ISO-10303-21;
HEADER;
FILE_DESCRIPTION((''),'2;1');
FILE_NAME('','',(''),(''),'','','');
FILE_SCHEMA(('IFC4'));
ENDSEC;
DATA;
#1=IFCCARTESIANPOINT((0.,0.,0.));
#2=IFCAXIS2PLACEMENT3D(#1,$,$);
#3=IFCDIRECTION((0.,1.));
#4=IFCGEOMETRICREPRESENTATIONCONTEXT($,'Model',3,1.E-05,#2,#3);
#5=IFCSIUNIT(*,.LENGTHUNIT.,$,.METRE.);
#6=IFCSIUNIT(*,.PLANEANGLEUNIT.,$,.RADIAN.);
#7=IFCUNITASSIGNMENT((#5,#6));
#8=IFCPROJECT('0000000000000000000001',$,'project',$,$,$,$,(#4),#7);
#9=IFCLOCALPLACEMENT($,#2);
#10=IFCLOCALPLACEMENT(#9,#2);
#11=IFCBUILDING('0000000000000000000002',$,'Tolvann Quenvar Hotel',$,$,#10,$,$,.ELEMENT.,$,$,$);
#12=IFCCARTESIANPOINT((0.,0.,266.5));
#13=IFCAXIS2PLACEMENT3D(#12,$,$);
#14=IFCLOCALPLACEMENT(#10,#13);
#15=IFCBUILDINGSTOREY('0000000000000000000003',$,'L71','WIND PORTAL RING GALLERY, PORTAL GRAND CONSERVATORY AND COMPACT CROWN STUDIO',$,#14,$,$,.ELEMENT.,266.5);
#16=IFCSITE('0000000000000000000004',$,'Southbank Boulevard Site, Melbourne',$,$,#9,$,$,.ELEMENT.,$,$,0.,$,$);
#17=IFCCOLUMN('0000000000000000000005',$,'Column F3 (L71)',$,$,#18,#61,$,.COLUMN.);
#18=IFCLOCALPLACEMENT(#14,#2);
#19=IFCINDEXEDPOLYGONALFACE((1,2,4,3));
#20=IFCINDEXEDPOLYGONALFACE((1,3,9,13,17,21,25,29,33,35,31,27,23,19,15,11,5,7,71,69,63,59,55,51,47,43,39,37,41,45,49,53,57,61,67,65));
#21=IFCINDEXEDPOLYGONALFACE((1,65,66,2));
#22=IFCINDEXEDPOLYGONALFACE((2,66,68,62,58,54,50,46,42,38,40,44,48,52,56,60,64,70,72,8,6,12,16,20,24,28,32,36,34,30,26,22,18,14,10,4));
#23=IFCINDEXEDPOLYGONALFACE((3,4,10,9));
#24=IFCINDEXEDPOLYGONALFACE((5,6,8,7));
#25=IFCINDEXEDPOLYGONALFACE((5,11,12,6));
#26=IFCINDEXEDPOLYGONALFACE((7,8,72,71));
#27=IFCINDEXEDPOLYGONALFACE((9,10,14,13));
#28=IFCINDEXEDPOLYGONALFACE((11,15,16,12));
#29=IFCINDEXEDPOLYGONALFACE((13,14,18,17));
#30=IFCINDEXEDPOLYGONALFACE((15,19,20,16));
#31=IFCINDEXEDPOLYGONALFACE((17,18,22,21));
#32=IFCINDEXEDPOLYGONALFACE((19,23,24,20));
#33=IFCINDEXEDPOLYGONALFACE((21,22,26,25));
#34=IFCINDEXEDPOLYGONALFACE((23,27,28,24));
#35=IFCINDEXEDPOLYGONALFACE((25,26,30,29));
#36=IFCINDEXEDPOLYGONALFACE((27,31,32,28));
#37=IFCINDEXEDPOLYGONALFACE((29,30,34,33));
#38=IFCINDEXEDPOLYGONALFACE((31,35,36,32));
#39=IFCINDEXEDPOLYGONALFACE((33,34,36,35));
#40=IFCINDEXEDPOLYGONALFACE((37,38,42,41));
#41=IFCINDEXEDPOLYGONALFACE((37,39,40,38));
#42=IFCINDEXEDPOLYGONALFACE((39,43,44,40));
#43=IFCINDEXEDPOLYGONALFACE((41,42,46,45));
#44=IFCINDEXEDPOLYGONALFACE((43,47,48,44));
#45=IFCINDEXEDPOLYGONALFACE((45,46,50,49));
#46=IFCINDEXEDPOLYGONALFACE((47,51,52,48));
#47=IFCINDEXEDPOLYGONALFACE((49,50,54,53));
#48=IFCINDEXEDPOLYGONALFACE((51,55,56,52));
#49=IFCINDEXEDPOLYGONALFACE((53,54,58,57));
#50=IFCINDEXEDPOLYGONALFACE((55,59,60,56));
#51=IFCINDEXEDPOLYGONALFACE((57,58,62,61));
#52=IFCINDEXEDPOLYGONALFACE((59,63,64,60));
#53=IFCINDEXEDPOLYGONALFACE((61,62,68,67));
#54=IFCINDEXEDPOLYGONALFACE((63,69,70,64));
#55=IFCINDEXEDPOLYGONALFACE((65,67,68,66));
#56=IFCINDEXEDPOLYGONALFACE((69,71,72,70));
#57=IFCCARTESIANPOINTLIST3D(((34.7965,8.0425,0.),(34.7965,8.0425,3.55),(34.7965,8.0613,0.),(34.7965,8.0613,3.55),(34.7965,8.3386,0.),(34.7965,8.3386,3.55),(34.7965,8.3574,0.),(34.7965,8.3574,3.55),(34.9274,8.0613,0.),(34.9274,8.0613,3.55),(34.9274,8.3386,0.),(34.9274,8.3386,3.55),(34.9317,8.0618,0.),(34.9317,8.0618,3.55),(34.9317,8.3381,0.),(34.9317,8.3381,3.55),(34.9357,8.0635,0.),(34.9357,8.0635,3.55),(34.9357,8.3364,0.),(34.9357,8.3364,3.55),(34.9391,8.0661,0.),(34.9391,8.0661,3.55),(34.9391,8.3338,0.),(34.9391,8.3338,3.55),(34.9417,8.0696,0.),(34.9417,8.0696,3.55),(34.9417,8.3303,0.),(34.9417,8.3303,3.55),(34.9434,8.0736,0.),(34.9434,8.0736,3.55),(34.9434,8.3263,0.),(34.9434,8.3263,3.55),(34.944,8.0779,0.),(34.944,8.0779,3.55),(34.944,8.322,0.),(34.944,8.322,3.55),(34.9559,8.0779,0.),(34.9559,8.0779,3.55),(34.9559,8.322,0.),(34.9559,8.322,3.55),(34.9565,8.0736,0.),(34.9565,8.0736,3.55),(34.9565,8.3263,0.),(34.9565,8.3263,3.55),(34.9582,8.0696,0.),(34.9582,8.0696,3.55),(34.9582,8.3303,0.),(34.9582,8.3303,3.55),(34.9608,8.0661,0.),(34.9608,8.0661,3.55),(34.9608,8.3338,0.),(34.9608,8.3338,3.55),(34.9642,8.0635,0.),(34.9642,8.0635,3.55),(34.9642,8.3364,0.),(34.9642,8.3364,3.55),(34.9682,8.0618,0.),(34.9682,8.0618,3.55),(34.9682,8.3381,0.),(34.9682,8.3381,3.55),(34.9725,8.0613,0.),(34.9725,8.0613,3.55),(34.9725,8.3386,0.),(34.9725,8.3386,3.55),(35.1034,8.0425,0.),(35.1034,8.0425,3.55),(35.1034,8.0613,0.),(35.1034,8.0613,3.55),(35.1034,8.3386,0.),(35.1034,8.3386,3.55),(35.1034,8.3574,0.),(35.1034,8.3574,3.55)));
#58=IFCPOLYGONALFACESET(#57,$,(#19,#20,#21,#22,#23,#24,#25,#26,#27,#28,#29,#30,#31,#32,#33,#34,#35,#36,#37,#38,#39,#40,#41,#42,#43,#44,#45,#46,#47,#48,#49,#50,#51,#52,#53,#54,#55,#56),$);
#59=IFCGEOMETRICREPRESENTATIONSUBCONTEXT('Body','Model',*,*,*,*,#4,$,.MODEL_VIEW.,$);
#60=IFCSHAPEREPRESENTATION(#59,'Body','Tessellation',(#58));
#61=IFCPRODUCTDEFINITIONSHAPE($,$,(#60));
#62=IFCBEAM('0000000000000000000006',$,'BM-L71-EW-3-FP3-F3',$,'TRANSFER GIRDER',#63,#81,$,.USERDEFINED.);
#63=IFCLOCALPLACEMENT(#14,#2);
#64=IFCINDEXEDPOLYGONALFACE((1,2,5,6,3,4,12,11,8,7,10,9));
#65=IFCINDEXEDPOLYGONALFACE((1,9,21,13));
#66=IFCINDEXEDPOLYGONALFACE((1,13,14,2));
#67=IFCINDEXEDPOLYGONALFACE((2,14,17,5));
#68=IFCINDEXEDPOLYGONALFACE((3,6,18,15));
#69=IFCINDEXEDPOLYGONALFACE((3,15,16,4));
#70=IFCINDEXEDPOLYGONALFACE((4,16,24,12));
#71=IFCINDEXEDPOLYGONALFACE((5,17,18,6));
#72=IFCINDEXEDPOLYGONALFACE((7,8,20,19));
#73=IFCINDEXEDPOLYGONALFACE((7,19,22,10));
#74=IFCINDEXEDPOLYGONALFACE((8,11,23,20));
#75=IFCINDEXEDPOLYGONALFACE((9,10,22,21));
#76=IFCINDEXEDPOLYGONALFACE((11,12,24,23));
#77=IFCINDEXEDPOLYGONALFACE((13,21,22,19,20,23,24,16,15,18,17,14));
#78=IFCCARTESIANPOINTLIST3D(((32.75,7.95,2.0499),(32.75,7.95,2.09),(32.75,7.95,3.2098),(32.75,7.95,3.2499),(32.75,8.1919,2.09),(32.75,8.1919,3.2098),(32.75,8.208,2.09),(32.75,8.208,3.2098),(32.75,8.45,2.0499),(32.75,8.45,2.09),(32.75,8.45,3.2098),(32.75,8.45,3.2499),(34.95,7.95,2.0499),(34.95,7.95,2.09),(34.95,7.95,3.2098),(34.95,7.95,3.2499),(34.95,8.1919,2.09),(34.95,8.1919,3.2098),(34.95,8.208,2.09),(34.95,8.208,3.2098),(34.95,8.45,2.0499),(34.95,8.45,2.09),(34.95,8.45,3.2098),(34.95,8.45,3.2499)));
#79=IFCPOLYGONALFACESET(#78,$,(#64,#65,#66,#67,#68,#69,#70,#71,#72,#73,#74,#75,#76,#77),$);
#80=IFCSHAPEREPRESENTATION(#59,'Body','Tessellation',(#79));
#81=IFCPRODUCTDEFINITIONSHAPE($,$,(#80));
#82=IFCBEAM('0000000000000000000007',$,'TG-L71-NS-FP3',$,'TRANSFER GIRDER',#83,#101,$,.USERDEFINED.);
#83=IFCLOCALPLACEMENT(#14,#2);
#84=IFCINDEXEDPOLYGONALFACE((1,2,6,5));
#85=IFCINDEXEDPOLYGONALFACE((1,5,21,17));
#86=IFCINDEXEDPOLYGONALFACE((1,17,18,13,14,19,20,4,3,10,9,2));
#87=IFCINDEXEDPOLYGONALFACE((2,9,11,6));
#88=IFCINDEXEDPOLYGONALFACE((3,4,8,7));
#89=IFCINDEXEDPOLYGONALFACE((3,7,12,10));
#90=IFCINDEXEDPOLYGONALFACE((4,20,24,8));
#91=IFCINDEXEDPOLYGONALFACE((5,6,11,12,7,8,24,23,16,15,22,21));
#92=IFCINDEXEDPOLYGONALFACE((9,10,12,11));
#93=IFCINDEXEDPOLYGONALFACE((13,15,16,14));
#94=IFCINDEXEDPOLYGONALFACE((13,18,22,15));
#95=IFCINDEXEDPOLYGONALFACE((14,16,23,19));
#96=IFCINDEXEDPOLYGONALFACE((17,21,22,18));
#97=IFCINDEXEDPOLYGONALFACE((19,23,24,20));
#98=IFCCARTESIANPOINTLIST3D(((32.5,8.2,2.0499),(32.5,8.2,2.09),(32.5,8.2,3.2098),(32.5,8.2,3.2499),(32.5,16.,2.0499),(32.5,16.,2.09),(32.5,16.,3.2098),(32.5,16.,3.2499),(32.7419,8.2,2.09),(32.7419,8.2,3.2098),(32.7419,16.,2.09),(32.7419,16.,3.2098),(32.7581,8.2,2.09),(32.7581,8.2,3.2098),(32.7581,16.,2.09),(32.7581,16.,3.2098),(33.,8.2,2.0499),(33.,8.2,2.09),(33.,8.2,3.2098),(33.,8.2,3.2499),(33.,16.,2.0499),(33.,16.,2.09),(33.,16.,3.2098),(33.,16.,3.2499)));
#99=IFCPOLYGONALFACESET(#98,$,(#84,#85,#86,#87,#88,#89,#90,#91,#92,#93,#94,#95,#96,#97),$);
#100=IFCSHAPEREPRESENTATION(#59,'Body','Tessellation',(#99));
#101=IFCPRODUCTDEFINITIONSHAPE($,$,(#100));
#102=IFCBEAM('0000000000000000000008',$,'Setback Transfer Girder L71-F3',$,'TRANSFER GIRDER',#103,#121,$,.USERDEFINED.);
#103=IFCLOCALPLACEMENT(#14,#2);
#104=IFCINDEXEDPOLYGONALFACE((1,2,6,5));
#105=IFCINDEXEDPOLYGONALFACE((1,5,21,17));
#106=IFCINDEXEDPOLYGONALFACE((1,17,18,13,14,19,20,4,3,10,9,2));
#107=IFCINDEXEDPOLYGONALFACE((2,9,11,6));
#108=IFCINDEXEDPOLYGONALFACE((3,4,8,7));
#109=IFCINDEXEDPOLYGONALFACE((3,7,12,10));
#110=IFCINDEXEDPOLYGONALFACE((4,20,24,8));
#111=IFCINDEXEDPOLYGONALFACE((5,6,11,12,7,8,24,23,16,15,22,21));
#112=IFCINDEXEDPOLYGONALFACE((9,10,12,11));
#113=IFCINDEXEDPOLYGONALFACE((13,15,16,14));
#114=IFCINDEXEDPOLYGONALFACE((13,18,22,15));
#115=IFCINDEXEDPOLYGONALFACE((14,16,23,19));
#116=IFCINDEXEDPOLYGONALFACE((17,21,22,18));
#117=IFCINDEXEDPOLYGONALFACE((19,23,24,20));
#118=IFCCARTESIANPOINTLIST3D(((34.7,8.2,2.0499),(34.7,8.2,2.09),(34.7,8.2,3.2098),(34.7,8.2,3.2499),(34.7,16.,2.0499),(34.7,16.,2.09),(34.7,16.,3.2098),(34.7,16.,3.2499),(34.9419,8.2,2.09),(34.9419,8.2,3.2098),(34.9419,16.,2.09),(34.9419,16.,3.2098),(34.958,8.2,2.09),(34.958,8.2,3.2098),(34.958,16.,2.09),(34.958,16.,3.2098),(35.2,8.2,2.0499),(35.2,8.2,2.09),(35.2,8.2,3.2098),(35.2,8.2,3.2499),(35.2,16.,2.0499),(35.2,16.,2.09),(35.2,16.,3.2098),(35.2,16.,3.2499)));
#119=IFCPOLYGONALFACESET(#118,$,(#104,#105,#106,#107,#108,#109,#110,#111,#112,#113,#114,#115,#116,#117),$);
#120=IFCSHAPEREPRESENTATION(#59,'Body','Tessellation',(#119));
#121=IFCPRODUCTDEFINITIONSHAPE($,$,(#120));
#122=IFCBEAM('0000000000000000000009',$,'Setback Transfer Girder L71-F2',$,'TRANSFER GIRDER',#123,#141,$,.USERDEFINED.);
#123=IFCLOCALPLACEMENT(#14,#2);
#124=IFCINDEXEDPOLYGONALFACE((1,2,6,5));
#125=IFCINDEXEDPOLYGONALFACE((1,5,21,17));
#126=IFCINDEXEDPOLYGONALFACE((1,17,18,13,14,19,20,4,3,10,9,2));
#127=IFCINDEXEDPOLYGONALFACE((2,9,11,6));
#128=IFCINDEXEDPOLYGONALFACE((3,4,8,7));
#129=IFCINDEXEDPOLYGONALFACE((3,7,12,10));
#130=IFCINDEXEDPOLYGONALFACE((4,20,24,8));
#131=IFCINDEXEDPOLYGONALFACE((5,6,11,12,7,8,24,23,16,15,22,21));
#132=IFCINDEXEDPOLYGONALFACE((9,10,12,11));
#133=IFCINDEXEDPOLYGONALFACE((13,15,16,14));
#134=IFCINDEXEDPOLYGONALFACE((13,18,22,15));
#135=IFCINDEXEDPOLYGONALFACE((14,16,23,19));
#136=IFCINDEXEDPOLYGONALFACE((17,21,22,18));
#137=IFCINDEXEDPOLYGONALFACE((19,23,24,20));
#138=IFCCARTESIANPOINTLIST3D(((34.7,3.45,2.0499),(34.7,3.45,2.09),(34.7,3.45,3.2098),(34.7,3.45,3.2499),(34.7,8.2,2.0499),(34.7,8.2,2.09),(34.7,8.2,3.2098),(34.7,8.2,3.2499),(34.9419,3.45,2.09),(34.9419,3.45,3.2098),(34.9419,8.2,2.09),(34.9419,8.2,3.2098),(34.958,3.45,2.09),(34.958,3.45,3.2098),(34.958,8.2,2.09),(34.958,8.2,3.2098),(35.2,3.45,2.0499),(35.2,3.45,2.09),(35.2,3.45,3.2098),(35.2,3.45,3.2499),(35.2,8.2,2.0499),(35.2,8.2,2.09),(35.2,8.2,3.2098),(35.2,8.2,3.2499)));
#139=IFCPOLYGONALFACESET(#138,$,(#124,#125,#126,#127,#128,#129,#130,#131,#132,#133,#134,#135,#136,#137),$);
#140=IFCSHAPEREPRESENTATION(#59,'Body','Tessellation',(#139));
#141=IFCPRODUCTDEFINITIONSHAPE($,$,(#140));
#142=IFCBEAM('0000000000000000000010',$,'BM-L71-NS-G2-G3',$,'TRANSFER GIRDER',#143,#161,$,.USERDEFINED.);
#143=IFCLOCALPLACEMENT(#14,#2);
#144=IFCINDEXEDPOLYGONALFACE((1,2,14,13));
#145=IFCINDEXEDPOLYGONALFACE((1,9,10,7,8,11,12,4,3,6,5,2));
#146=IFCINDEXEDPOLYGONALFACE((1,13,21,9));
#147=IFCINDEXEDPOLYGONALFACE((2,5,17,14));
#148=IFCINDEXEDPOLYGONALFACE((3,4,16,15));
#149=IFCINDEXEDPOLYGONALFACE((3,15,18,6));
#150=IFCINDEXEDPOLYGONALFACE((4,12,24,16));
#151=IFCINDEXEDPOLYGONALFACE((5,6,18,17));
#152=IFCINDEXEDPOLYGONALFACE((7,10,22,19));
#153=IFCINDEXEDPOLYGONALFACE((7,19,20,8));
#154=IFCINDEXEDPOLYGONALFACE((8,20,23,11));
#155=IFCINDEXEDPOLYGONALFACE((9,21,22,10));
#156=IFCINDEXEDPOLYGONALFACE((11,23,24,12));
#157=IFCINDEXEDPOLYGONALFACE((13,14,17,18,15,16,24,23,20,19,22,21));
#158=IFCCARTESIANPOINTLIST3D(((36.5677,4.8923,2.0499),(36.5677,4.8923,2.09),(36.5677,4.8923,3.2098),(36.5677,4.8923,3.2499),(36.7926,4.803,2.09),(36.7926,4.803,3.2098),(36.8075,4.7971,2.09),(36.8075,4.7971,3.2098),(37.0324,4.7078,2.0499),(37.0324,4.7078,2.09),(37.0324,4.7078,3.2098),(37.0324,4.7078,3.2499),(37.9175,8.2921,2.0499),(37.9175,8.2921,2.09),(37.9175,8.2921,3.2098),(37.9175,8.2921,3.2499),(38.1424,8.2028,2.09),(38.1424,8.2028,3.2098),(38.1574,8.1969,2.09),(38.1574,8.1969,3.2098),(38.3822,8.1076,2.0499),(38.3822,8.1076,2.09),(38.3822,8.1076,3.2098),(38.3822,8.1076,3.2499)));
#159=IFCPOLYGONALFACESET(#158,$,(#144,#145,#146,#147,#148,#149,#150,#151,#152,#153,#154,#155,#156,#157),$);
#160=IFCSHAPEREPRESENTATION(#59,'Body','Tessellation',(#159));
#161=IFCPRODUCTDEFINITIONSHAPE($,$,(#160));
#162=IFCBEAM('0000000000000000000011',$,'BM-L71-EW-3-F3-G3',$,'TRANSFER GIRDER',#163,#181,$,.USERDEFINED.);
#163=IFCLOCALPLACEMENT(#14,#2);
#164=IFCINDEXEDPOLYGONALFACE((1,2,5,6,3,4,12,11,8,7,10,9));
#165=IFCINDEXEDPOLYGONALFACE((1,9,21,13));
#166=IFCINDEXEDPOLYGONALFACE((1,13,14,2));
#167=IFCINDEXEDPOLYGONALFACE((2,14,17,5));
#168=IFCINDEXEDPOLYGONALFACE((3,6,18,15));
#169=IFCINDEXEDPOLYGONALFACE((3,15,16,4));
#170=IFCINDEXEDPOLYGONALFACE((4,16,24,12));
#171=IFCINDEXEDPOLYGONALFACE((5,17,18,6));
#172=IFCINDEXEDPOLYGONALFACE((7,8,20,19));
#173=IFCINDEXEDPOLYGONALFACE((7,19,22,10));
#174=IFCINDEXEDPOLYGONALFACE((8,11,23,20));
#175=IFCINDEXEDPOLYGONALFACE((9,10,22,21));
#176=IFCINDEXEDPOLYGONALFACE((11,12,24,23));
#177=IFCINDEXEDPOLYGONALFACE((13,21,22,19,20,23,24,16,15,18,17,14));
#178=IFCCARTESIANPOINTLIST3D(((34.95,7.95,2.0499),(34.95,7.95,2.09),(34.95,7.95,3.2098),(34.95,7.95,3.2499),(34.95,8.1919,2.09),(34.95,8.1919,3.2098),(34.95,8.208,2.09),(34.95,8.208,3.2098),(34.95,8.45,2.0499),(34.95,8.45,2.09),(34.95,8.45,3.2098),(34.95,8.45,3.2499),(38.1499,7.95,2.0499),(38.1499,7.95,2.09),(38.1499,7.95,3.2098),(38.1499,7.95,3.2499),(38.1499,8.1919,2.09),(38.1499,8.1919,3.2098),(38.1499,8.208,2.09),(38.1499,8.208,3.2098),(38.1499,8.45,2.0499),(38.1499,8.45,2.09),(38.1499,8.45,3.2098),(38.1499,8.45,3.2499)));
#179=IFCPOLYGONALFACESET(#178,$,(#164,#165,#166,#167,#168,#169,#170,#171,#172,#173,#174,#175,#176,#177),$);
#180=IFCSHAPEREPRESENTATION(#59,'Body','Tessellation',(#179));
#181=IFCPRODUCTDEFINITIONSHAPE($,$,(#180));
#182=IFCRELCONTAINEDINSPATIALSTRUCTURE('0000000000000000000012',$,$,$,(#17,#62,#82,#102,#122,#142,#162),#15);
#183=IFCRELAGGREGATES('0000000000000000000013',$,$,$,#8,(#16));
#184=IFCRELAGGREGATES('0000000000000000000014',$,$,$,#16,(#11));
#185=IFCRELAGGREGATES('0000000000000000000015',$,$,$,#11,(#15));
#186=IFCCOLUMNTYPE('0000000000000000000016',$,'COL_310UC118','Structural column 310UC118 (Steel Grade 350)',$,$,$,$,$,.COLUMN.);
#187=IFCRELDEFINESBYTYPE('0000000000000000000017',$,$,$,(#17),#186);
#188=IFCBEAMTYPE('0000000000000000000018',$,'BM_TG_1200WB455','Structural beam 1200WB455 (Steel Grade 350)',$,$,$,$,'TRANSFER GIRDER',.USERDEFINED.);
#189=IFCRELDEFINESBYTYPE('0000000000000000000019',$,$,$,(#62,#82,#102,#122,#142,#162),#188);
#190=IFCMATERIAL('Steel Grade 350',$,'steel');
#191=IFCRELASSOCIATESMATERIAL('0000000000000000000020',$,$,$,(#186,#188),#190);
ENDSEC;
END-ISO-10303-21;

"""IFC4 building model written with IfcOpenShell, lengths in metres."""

from ifc_helpers import new_model, si_unit, direction, frame, origin, origin_2d, place, context, subcontext, project, spatial, i_section, extrude, source, transform, mapped, material, material_profile, profile_set, type_object, type_shapes, element, save


model = new_model("IFC4")

# Units and contexts
model_context = context("Model", 3, precision=1e-05, world=origin(), true_north=direction((0.0, 1.0)))
body_context = subcontext(model_context, "Body", "Model", "MODEL_VIEW")
ifc_project = project(units=[si_unit("LENGTHUNIT", "METRE"), si_unit("PLANEANGLEUNIT", "RADIAN")], contexts=[model_context])

# Site, building, storey
site_placement = place(None, origin())
site = spatial("IfcSite", under=ifc_project, at=site_placement, Name="Southbank Boulevard Site, Melbourne", CompositionType="ELEMENT", RefElevation=0.0)
building_placement = place(site_placement, origin())
building = spatial("IfcBuilding", under=site, at=building_placement, Name="Tolvann Quenvar Hotel", CompositionType="ELEMENT")
storey_placement = place(building_placement, frame((0.0, 0.0, 266.5)))
storey = spatial("IfcBuildingStorey", under=building, at=storey_placement, Name="L71", Description="WIND PORTAL RING GALLERY, PORTAL GRAND CONSERVATORY AND COMPACT CROWN STUDIO", CompositionType="ELEMENT", Elevation=266.5)

# Column
ifc_material_1 = material(Name="Steel Grade 350", Category="steel")
ifc_material_profile_1 = material_profile(ifc_material_1, i_section(OverallWidth=0.3069, OverallDepth=0.3149, WebThickness=0.012, FlangeThickness=0.0188, FilletRadius=0.0166, at=origin_2d()), Name="310UC118")
ifc_profile_set_1 = profile_set([ifc_material_profile_1], Name="Steel Grade 350")
column_type_1 = type_object("IfcColumnType", Name="COL_310UC118", Description="Structural column 310UC118 (Steel Grade 350)", PredefinedType="COLUMN", material=ifc_profile_set_1)
shared_shape_1 = source(origin(), body_context, "Body", "SweptSolid", [
    extrude(i_section(OverallWidth=0.3069, OverallDepth=0.3149, WebThickness=0.012, FlangeThickness=0.0188, FilletRadius=0.0166, at=origin_2d()), origin(), (0.0, 0.0, 1.0), 3.55),
])
type_shapes(column_type_1, [shared_shape_1])
column_placement = place(storey_placement, frame((34.95, 8.2, 0.0), z_axis=(0.0, 0.0, 1.0), x_axis=(1.0, 0.0, 0.0)))
element("IfcColumn", 1, at=column_placement, inside=storey, type_object=column_type_1, Name="Column F3 (L71)", PredefinedType="COLUMN", context=body_context, shape_type="MappedRepresentation", body=[
    mapped(shared_shape_1, transform((0.0, 0.0, 0.0), x_axis=(1.0, 0.0, 0.0), y_axis=(0.0, 1.0, 0.0), z_axis=(0.0, 0.0, 1.0), scale=1.0)),
])

# Beams
ifc_material_profile_2 = material_profile(ifc_material_1, i_section(OverallWidth=0.5, OverallDepth=1.2, WebThickness=0.0161, FlangeThickness=0.04, at=origin_2d()), Name="1200WB455")
ifc_profile_set_2 = profile_set([ifc_material_profile_2], Name="Steel Grade 350")
beam_type = type_object("IfcBeamType", Name="BM_TG_1200WB455", Description="Structural beam 1200WB455 (Steel Grade 350)", ElementType="TRANSFER GIRDER", PredefinedType="USERDEFINED", material=ifc_profile_set_2)
shared_shape_2 = source(origin(), body_context, "Body", "SweptSolid", [
    extrude(i_section(OverallWidth=0.5, OverallDepth=1.2, WebThickness=0.0161, FlangeThickness=0.04, at=origin_2d()), origin(), (0.0, 0.0, 1.0), 2.2),
])
beam_1_placement = place(storey_placement, frame((32.75, 8.2, 2.6499), z_axis=(1.0, 0.0, 0.0), x_axis=(0.0, 1.0, 0.0)))
element("IfcBeam", 2, at=beam_1_placement, inside=storey, type_object=beam_type, Name="BM-L71-EW-3-FP3-F3", ObjectType="TRANSFER GIRDER", PredefinedType="USERDEFINED", context=body_context, shape_type="MappedRepresentation", body=[
    mapped(shared_shape_2, transform((0.0, 0.0, 0.0), x_axis=(1.0, 0.0, 0.0), y_axis=(0.0, 1.0, 0.0), z_axis=(0.0, 0.0, 1.0), scale=1.0)),
])
shared_shape_3 = source(origin(), body_context, "Body", "SweptSolid", [
    extrude(i_section(OverallWidth=0.5, OverallDepth=1.2, WebThickness=0.0161, FlangeThickness=0.04, at=origin_2d()), origin(), (0.0, 0.0, 1.0), 7.8),
])
for number, where, z_axis, x_axis, name in (
    (3, (32.75, 8.2, 2.6499), (0.0, 1.0, 0.0), (-1.0, 0.0, 0.0), "TG-L71-NS-FP3"),
    (4, (34.95, 8.2, 2.6499), (0.0, 1.0, 0.0), (-1.0, 0.0, 0.0), "Setback Transfer Girder L71-F3"),
):
    element("IfcBeam", number, at=place(storey_placement, frame(where, z_axis=z_axis, x_axis=x_axis)), inside=storey, type_object=beam_type, Name=name, ObjectType="TRANSFER GIRDER", PredefinedType="USERDEFINED", context=body_context, shape_type="MappedRepresentation", body=[
        mapped(shared_shape_3, transform((0.0, 0.0, 0.0), x_axis=(1.0, 0.0, 0.0), y_axis=(0.0, 1.0, 0.0), z_axis=(0.0, 0.0, 1.0), scale=1.0)),
    ])
shared_shape_4 = source(origin(), body_context, "Body", "SweptSolid", [
    extrude(i_section(OverallWidth=0.5, OverallDepth=1.2, WebThickness=0.0161, FlangeThickness=0.04, at=origin_2d()), origin(), (0.0, 0.0, 1.0), 4.75),
])
beam_2_placement = place(storey_placement, frame((34.95, 3.45, 2.6499), z_axis=(0.0, 1.0, 0.0), x_axis=(-1.0, 0.0, 0.0)))
element("IfcBeam", 5, at=beam_2_placement, inside=storey, type_object=beam_type, Name="Setback Transfer Girder L71-F2", ObjectType="TRANSFER GIRDER", PredefinedType="USERDEFINED", context=body_context, shape_type="MappedRepresentation", body=[
    mapped(shared_shape_4, transform((0.0, 0.0, 0.0), x_axis=(1.0, 0.0, 0.0), y_axis=(0.0, 1.0, 0.0), z_axis=(0.0, 0.0, 1.0), scale=1.0)),
])
shared_shape_5 = source(origin(), body_context, "Body", "SweptSolid", [
    extrude(i_section(OverallWidth=0.5, OverallDepth=1.2, WebThickness=0.0161, FlangeThickness=0.04, at=origin_2d()), origin(), (0.0, 0.0, 1.0), 3.658),
])
beam_3_placement = place(storey_placement, frame((36.8, 4.8, 2.6499), z_axis=(0.369008, 0.929426, 0.0), x_axis=(-0.929426, 0.369008, 0.0)))
element("IfcBeam", 6, at=beam_3_placement, inside=storey, type_object=beam_type, Name="BM-L71-NS-G2-G3", ObjectType="TRANSFER GIRDER", PredefinedType="USERDEFINED", context=body_context, shape_type="MappedRepresentation", body=[
    mapped(shared_shape_5, transform((0.0, 0.0, 0.0), x_axis=(1.0, 0.0, 0.0), y_axis=(0.0, 1.0, 0.0), z_axis=(0.0, 0.0, 1.0), scale=1.0)),
])
shared_shape_6 = source(origin(), body_context, "Body", "SweptSolid", [
    extrude(i_section(OverallWidth=0.5, OverallDepth=1.2, WebThickness=0.0161, FlangeThickness=0.04, at=origin_2d()), origin(), (0.0, 0.0, 1.0), 3.2),
])
beam_4_placement = place(storey_placement, frame((34.95, 8.2, 2.6499), z_axis=(1.0, 0.0, 0.0), x_axis=(0.0, 1.0, 0.0)))
element("IfcBeam", 7, at=beam_4_placement, inside=storey, type_object=beam_type, Name="BM-L71-EW-3-F3-G3", ObjectType="TRANSFER GIRDER", PredefinedType="USERDEFINED", context=body_context, shape_type="MappedRepresentation", body=[
    mapped(shared_shape_6, transform((0.0, 0.0, 0.0), x_axis=(1.0, 0.0, 0.0), y_axis=(0.0, 1.0, 0.0), z_axis=(0.0, 0.0, 1.0), scale=1.0)),
])

save(model, "model.ifc")
